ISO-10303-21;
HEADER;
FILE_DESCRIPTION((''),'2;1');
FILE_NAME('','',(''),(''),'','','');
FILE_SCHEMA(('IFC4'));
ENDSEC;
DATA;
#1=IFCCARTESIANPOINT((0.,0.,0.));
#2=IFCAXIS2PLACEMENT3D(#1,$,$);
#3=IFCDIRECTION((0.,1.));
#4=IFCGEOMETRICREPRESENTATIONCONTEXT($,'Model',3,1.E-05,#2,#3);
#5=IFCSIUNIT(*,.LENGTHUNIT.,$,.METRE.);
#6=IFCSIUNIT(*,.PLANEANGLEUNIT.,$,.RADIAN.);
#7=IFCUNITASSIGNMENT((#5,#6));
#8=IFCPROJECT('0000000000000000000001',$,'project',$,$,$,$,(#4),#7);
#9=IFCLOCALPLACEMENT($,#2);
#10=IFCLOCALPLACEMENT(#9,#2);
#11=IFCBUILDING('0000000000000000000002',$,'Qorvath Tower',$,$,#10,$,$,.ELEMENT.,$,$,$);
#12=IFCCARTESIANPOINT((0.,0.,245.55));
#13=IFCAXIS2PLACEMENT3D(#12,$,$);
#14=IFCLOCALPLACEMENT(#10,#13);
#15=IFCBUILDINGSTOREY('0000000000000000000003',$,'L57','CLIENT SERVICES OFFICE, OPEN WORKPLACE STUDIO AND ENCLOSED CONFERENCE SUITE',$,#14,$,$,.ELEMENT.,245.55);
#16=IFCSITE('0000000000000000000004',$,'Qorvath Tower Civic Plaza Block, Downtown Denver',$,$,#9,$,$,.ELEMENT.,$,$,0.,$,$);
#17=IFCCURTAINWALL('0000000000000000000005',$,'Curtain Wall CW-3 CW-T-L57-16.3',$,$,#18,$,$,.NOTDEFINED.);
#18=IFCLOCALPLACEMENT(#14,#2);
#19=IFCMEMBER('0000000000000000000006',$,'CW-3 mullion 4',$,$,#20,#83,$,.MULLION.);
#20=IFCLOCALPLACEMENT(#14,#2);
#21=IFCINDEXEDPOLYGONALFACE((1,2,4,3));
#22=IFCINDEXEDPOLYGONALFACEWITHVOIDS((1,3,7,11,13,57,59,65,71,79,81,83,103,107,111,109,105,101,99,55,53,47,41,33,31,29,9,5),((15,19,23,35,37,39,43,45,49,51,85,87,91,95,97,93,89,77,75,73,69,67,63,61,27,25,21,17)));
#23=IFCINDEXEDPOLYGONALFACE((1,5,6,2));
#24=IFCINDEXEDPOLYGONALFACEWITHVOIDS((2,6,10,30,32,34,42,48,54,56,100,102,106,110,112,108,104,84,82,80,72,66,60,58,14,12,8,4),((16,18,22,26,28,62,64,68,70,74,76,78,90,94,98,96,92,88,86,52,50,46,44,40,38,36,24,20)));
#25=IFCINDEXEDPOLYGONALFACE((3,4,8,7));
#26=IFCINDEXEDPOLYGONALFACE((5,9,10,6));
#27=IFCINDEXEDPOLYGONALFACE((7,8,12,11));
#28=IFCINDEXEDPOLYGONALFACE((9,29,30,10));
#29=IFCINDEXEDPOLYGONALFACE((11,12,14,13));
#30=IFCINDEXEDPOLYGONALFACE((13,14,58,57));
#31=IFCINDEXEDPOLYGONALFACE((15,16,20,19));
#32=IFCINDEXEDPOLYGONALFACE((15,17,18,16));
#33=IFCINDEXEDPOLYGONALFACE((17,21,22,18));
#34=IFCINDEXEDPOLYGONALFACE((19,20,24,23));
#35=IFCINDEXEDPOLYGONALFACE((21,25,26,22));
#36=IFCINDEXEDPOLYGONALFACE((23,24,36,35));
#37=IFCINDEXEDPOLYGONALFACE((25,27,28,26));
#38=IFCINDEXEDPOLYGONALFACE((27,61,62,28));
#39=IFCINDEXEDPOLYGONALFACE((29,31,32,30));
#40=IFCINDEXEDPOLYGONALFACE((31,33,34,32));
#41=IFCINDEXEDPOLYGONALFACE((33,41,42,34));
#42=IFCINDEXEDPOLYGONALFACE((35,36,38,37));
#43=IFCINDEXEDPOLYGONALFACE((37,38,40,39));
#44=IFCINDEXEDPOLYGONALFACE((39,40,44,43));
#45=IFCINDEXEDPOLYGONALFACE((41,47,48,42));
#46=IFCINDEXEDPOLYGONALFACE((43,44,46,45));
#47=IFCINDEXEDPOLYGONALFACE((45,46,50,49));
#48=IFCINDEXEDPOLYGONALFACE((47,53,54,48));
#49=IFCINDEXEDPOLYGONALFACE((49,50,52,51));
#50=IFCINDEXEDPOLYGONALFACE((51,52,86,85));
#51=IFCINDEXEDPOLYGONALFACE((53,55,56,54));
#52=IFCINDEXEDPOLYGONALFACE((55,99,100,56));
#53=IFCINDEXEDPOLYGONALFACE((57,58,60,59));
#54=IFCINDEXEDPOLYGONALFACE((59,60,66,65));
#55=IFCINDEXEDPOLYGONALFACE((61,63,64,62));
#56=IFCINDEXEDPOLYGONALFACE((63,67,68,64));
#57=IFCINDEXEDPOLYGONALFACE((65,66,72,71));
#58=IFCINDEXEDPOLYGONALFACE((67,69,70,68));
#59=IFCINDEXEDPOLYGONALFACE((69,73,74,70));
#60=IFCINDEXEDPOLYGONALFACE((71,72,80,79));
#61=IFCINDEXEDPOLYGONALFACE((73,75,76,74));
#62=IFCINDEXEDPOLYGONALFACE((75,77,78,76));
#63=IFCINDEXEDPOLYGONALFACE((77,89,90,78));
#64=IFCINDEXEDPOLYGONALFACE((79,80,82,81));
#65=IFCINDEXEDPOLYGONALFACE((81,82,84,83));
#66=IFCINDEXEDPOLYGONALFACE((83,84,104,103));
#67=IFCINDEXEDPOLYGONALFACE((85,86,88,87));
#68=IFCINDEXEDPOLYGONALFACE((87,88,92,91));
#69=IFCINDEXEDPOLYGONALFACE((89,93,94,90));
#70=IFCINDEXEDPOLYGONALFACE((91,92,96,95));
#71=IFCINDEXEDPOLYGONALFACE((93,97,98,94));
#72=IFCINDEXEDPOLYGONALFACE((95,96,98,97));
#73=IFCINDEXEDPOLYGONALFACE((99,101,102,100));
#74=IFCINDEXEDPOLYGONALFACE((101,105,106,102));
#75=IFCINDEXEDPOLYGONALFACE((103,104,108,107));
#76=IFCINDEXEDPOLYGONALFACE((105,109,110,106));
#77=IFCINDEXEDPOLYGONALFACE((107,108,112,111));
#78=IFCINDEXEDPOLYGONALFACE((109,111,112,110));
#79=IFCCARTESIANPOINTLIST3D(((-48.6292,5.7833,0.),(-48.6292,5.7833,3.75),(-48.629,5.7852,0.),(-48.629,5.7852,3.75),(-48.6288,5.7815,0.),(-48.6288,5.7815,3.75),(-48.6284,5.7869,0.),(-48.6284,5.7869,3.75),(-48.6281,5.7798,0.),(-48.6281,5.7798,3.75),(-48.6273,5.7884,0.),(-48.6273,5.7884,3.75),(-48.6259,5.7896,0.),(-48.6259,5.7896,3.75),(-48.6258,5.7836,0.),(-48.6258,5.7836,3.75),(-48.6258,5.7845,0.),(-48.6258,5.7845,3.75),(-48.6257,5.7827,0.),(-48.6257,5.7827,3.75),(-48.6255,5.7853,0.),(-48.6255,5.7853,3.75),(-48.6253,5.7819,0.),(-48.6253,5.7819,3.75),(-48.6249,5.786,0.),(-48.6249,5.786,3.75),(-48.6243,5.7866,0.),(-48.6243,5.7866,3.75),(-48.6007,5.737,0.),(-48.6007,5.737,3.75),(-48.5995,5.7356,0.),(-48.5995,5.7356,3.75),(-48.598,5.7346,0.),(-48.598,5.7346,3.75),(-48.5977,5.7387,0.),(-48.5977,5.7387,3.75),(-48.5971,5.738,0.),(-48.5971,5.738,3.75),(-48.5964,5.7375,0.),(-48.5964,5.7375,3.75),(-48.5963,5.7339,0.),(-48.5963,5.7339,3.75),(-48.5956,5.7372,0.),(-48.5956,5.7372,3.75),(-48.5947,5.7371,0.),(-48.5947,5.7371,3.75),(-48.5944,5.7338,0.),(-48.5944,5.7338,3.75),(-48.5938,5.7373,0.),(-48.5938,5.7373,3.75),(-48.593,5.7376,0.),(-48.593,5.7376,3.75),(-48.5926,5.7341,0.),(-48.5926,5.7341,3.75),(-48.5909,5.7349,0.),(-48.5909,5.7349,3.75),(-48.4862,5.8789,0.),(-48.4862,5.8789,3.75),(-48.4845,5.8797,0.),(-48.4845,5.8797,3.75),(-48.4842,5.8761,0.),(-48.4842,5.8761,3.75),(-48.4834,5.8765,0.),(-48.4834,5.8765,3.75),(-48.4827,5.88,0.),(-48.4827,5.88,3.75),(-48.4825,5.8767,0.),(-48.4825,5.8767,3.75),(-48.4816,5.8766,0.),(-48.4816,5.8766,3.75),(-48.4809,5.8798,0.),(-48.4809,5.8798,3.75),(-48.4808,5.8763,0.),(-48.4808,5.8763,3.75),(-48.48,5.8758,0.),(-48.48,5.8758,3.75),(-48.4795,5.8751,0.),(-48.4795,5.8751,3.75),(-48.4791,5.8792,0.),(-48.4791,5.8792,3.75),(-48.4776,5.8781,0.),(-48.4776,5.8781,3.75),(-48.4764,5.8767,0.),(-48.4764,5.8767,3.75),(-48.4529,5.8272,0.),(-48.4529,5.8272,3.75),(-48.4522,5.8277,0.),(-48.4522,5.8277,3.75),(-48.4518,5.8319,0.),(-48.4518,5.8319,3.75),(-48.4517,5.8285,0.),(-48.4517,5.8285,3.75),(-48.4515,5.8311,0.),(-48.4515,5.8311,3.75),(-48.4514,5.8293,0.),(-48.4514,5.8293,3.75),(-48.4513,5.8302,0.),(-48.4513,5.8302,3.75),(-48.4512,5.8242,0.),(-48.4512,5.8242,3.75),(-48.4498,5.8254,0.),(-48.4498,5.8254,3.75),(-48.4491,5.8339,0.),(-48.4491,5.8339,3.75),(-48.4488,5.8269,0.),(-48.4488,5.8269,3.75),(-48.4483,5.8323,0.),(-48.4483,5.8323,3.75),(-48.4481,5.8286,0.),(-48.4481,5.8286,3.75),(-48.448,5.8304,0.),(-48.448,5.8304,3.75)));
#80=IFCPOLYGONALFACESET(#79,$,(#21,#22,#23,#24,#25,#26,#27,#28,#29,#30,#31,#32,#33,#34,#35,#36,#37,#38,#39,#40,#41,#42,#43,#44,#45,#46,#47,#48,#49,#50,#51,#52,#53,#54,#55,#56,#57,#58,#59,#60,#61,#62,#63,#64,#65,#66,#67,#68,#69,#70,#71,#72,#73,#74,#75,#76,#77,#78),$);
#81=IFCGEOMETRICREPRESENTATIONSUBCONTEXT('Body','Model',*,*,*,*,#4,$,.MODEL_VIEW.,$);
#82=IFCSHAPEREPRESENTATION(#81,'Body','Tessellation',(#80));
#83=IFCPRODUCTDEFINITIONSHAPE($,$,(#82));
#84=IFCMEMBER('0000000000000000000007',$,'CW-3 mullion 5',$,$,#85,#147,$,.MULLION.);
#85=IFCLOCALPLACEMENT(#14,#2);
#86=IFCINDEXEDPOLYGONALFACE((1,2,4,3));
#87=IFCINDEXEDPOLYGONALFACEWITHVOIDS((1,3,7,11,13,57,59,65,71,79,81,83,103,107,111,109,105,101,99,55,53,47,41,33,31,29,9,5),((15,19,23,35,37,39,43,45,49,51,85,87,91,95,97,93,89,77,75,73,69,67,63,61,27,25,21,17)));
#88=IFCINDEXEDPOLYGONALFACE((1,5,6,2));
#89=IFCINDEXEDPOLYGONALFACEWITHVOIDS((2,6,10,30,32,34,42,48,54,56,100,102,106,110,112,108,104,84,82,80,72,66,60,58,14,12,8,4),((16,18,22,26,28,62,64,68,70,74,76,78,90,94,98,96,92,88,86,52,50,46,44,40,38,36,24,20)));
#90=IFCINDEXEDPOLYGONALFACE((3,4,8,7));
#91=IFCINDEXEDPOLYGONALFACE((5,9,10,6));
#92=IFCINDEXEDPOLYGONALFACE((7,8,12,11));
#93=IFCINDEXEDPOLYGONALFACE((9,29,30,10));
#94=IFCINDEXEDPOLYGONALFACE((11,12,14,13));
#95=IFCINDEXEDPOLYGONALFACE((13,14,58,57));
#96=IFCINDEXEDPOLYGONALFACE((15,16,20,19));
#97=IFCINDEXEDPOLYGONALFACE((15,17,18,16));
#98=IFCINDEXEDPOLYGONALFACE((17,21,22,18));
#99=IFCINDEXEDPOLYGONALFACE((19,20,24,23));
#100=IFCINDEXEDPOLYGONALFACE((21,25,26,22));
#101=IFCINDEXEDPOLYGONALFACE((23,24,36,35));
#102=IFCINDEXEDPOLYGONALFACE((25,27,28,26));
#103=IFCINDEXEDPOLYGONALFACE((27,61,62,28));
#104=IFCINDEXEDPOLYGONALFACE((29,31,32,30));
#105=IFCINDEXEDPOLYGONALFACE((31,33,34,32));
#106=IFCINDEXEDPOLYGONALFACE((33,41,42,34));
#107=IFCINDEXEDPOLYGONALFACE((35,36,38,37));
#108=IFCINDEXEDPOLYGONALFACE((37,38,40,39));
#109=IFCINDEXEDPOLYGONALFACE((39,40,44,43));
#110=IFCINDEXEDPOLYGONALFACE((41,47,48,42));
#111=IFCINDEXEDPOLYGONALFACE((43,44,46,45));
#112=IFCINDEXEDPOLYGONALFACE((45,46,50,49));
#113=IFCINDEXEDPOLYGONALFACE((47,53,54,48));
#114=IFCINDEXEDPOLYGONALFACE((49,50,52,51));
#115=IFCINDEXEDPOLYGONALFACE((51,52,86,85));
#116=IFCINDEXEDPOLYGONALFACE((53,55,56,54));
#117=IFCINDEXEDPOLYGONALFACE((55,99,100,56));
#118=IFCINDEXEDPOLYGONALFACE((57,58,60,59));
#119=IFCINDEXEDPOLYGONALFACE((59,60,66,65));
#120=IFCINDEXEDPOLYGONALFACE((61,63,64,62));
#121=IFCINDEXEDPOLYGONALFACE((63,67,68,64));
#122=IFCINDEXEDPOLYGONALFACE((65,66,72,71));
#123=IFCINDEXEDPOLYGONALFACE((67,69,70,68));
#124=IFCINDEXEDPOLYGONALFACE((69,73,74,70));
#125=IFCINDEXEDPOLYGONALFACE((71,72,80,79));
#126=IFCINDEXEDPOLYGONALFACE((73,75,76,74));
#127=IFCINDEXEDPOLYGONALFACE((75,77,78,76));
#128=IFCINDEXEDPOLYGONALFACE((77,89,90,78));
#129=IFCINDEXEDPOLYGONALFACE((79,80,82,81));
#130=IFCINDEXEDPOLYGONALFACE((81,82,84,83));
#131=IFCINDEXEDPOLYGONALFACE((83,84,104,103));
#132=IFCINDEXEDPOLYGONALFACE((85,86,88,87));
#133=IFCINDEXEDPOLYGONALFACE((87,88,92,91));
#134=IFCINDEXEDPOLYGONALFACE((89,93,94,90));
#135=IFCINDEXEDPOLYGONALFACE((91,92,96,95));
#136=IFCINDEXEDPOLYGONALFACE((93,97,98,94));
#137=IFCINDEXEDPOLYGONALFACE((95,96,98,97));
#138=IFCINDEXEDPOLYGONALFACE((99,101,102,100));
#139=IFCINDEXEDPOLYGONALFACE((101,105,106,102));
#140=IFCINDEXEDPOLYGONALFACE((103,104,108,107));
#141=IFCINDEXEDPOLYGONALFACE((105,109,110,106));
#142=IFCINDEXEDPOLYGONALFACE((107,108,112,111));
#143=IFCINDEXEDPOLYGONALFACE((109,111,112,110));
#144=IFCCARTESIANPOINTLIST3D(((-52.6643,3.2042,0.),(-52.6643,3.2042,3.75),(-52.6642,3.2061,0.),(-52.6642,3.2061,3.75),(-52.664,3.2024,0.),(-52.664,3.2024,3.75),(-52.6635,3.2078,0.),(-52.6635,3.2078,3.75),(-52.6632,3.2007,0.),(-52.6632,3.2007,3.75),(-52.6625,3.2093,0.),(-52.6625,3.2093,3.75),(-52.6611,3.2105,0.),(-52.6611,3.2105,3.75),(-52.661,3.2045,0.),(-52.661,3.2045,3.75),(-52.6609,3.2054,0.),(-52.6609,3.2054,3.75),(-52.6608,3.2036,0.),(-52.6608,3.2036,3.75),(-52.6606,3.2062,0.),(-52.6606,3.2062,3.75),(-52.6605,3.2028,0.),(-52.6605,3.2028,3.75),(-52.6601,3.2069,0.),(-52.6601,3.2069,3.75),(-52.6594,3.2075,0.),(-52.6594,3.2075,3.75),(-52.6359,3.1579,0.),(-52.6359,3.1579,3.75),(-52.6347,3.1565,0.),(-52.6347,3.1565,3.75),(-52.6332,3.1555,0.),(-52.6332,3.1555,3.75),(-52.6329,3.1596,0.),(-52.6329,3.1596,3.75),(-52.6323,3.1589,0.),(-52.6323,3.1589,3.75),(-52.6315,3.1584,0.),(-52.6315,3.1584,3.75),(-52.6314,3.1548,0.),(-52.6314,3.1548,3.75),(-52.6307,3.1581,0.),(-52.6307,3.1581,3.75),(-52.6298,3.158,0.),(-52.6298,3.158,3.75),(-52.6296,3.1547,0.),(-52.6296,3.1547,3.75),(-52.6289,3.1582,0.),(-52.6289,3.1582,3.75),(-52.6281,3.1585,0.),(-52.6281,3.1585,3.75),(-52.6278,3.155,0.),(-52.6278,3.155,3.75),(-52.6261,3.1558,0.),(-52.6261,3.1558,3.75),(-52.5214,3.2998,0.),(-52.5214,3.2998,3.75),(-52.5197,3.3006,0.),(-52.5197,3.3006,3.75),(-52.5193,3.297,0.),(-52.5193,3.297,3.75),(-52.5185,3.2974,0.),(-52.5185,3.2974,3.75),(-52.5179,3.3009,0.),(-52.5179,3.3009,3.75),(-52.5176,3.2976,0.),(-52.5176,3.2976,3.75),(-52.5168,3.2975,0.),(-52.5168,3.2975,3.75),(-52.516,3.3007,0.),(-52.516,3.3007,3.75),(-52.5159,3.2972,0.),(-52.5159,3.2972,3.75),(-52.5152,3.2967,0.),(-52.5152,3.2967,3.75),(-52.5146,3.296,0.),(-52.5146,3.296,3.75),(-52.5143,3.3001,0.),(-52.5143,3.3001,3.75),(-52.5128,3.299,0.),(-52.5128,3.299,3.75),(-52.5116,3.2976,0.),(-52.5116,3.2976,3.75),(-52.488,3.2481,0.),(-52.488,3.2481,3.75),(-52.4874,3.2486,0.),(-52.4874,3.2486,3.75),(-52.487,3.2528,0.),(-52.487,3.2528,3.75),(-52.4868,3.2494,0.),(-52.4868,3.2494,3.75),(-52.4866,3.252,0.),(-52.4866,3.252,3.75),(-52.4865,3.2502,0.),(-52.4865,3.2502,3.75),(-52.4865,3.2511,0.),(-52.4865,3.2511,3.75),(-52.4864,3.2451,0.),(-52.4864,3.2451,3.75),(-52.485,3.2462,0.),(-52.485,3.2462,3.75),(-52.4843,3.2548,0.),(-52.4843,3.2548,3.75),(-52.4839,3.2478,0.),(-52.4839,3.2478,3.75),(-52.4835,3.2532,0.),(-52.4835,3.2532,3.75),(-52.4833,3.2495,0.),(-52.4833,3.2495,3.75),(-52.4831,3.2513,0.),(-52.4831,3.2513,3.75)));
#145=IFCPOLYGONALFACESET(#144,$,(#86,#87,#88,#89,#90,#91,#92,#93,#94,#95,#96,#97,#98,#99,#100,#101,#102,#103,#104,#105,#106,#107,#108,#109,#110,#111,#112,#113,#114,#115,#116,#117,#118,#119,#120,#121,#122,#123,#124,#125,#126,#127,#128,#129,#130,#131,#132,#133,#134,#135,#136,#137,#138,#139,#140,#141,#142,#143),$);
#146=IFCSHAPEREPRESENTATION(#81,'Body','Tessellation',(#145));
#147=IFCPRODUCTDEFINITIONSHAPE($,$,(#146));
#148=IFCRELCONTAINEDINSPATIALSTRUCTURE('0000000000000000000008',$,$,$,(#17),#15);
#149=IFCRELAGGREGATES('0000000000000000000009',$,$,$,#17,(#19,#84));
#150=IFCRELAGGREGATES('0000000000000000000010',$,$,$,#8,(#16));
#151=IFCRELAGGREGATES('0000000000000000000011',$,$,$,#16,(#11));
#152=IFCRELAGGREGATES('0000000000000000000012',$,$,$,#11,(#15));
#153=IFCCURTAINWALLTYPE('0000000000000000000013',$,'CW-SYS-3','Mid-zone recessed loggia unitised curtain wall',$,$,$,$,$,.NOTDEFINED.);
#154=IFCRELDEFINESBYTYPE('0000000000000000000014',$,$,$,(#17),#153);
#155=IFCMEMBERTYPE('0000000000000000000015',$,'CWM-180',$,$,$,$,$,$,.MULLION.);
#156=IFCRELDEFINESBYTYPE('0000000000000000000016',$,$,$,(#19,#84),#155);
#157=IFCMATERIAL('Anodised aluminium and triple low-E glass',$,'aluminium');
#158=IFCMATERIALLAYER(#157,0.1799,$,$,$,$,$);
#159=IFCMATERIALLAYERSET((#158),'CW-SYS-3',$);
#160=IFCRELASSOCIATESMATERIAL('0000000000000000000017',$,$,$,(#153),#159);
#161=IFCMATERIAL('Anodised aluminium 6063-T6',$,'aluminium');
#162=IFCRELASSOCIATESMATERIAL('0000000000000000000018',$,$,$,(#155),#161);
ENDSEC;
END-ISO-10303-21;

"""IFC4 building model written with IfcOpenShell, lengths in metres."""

from ifc_helpers import new_model, si_unit, direction, frame, origin, origin_2d, place, context, subcontext, project, spatial, hollow_rectangle, extrude, material, layer, layer_set, material_profile, profile_set, type_object, element, aggregate, save


model = new_model("IFC4")

# Units and contexts
model_context = context("Model", 3, precision=1e-05, world=origin(), true_north=direction((0.0, 1.0)))
body_context = subcontext(model_context, "Body", "Model", "MODEL_VIEW")
ifc_project = project(units=[si_unit("LENGTHUNIT", "METRE"), si_unit("PLANEANGLEUNIT", "RADIAN")], contexts=[model_context])

# Site, building, storey
site_placement = place(None, origin())
site = spatial("IfcSite", under=ifc_project, at=site_placement, Name="Qorvath Tower Civic Plaza Block, Downtown Denver", CompositionType="ELEMENT", RefElevation=0.0)
building_placement = place(site_placement, origin())
building = spatial("IfcBuilding", under=site, at=building_placement, Name="Qorvath Tower", CompositionType="ELEMENT")
storey_placement = place(building_placement, frame((0.0, 0.0, 245.55)))
storey = spatial("IfcBuildingStorey", under=building, at=storey_placement, Name="L57", Description="CLIENT SERVICES OFFICE, OPEN WORKPLACE STUDIO AND ENCLOSED CONFERENCE SUITE", CompositionType="ELEMENT", Elevation=245.55)

# Curtain wall, members
ifc_material_1 = material(Name="Anodised aluminium and triple low-E glass", Category="aluminium")
ifc_layer_1 = layer(ifc_material_1, 0.1799)
ifc_layer_set_1 = layer_set([ifc_layer_1], Name="CW-SYS-3")
curtain_wall_type = type_object("IfcCurtainWallType", Name="CW-SYS-3", Description="Mid-zone recessed loggia unitised curtain wall", PredefinedType="NOTDEFINED", material=ifc_layer_set_1)
curtain_wall_placement = place(storey_placement, origin())
curtain_wall = element("IfcCurtainWall", 1, at=curtain_wall_placement, inside=storey, type_object=curtain_wall_type, Name="Curtain Wall CW-3 CW-T-L57-16.3", PredefinedType="NOTDEFINED")
ifc_material_2 = material(Name="Anodised aluminium 6063-T6", Category="aluminium")
ifc_material_profile_1 = material_profile(ifc_material_2, hollow_rectangle(XDim=0.0649, YDim=0.1799, WallThickness=0.0034, InnerFilletRadius=0.0034, OuterFilletRadius=0.0071, at=origin_2d()), Name="CWM 180x65")
ifc_profile_set_1 = profile_set([ifc_material_profile_1], Name="Anodised aluminium 6063-T6")
member_type_1 = type_object("IfcMemberType", Name="CWM-180", PredefinedType="MULLION", material=ifc_profile_set_1)
member_1_placement = place(storey_placement, frame((-48.5386, 5.8069, 0.0), z_axis=(0.0, 0.0, 1.0), x_axis=(0.538527, -0.842608, 0.0)))
member_1 = element("IfcMember", 2, at=member_1_placement, type_object=member_type_1, Name="CW-3 mullion 4", PredefinedType="MULLION", context=body_context, shape_type="SweptSolid", body=[
    extrude(hollow_rectangle(XDim=0.0649, YDim=0.1799, WallThickness=0.0034, InnerFilletRadius=0.0034, OuterFilletRadius=0.0071, at=origin_2d()), origin(), (0.0, 0.0, 1.0), 3.75),
])
member_2_placement = place(storey_placement, frame((-52.5737, 3.2278, 0.0), z_axis=(0.0, 0.0, 1.0), x_axis=(0.538527, -0.842608, 0.0)))
member_2 = element("IfcMember", 3, at=member_2_placement, type_object=member_type_1, Name="CW-3 mullion 5", PredefinedType="MULLION", context=body_context, shape_type="SweptSolid", body=[
    extrude(hollow_rectangle(XDim=0.0649, YDim=0.1799, WallThickness=0.0034, InnerFilletRadius=0.0034, OuterFilletRadius=0.0071, at=origin_2d()), origin(), (0.0, 0.0, 1.0), 3.75),
])
aggregate(curtain_wall, [member_1, member_2])

save(model, "model.ifc")
